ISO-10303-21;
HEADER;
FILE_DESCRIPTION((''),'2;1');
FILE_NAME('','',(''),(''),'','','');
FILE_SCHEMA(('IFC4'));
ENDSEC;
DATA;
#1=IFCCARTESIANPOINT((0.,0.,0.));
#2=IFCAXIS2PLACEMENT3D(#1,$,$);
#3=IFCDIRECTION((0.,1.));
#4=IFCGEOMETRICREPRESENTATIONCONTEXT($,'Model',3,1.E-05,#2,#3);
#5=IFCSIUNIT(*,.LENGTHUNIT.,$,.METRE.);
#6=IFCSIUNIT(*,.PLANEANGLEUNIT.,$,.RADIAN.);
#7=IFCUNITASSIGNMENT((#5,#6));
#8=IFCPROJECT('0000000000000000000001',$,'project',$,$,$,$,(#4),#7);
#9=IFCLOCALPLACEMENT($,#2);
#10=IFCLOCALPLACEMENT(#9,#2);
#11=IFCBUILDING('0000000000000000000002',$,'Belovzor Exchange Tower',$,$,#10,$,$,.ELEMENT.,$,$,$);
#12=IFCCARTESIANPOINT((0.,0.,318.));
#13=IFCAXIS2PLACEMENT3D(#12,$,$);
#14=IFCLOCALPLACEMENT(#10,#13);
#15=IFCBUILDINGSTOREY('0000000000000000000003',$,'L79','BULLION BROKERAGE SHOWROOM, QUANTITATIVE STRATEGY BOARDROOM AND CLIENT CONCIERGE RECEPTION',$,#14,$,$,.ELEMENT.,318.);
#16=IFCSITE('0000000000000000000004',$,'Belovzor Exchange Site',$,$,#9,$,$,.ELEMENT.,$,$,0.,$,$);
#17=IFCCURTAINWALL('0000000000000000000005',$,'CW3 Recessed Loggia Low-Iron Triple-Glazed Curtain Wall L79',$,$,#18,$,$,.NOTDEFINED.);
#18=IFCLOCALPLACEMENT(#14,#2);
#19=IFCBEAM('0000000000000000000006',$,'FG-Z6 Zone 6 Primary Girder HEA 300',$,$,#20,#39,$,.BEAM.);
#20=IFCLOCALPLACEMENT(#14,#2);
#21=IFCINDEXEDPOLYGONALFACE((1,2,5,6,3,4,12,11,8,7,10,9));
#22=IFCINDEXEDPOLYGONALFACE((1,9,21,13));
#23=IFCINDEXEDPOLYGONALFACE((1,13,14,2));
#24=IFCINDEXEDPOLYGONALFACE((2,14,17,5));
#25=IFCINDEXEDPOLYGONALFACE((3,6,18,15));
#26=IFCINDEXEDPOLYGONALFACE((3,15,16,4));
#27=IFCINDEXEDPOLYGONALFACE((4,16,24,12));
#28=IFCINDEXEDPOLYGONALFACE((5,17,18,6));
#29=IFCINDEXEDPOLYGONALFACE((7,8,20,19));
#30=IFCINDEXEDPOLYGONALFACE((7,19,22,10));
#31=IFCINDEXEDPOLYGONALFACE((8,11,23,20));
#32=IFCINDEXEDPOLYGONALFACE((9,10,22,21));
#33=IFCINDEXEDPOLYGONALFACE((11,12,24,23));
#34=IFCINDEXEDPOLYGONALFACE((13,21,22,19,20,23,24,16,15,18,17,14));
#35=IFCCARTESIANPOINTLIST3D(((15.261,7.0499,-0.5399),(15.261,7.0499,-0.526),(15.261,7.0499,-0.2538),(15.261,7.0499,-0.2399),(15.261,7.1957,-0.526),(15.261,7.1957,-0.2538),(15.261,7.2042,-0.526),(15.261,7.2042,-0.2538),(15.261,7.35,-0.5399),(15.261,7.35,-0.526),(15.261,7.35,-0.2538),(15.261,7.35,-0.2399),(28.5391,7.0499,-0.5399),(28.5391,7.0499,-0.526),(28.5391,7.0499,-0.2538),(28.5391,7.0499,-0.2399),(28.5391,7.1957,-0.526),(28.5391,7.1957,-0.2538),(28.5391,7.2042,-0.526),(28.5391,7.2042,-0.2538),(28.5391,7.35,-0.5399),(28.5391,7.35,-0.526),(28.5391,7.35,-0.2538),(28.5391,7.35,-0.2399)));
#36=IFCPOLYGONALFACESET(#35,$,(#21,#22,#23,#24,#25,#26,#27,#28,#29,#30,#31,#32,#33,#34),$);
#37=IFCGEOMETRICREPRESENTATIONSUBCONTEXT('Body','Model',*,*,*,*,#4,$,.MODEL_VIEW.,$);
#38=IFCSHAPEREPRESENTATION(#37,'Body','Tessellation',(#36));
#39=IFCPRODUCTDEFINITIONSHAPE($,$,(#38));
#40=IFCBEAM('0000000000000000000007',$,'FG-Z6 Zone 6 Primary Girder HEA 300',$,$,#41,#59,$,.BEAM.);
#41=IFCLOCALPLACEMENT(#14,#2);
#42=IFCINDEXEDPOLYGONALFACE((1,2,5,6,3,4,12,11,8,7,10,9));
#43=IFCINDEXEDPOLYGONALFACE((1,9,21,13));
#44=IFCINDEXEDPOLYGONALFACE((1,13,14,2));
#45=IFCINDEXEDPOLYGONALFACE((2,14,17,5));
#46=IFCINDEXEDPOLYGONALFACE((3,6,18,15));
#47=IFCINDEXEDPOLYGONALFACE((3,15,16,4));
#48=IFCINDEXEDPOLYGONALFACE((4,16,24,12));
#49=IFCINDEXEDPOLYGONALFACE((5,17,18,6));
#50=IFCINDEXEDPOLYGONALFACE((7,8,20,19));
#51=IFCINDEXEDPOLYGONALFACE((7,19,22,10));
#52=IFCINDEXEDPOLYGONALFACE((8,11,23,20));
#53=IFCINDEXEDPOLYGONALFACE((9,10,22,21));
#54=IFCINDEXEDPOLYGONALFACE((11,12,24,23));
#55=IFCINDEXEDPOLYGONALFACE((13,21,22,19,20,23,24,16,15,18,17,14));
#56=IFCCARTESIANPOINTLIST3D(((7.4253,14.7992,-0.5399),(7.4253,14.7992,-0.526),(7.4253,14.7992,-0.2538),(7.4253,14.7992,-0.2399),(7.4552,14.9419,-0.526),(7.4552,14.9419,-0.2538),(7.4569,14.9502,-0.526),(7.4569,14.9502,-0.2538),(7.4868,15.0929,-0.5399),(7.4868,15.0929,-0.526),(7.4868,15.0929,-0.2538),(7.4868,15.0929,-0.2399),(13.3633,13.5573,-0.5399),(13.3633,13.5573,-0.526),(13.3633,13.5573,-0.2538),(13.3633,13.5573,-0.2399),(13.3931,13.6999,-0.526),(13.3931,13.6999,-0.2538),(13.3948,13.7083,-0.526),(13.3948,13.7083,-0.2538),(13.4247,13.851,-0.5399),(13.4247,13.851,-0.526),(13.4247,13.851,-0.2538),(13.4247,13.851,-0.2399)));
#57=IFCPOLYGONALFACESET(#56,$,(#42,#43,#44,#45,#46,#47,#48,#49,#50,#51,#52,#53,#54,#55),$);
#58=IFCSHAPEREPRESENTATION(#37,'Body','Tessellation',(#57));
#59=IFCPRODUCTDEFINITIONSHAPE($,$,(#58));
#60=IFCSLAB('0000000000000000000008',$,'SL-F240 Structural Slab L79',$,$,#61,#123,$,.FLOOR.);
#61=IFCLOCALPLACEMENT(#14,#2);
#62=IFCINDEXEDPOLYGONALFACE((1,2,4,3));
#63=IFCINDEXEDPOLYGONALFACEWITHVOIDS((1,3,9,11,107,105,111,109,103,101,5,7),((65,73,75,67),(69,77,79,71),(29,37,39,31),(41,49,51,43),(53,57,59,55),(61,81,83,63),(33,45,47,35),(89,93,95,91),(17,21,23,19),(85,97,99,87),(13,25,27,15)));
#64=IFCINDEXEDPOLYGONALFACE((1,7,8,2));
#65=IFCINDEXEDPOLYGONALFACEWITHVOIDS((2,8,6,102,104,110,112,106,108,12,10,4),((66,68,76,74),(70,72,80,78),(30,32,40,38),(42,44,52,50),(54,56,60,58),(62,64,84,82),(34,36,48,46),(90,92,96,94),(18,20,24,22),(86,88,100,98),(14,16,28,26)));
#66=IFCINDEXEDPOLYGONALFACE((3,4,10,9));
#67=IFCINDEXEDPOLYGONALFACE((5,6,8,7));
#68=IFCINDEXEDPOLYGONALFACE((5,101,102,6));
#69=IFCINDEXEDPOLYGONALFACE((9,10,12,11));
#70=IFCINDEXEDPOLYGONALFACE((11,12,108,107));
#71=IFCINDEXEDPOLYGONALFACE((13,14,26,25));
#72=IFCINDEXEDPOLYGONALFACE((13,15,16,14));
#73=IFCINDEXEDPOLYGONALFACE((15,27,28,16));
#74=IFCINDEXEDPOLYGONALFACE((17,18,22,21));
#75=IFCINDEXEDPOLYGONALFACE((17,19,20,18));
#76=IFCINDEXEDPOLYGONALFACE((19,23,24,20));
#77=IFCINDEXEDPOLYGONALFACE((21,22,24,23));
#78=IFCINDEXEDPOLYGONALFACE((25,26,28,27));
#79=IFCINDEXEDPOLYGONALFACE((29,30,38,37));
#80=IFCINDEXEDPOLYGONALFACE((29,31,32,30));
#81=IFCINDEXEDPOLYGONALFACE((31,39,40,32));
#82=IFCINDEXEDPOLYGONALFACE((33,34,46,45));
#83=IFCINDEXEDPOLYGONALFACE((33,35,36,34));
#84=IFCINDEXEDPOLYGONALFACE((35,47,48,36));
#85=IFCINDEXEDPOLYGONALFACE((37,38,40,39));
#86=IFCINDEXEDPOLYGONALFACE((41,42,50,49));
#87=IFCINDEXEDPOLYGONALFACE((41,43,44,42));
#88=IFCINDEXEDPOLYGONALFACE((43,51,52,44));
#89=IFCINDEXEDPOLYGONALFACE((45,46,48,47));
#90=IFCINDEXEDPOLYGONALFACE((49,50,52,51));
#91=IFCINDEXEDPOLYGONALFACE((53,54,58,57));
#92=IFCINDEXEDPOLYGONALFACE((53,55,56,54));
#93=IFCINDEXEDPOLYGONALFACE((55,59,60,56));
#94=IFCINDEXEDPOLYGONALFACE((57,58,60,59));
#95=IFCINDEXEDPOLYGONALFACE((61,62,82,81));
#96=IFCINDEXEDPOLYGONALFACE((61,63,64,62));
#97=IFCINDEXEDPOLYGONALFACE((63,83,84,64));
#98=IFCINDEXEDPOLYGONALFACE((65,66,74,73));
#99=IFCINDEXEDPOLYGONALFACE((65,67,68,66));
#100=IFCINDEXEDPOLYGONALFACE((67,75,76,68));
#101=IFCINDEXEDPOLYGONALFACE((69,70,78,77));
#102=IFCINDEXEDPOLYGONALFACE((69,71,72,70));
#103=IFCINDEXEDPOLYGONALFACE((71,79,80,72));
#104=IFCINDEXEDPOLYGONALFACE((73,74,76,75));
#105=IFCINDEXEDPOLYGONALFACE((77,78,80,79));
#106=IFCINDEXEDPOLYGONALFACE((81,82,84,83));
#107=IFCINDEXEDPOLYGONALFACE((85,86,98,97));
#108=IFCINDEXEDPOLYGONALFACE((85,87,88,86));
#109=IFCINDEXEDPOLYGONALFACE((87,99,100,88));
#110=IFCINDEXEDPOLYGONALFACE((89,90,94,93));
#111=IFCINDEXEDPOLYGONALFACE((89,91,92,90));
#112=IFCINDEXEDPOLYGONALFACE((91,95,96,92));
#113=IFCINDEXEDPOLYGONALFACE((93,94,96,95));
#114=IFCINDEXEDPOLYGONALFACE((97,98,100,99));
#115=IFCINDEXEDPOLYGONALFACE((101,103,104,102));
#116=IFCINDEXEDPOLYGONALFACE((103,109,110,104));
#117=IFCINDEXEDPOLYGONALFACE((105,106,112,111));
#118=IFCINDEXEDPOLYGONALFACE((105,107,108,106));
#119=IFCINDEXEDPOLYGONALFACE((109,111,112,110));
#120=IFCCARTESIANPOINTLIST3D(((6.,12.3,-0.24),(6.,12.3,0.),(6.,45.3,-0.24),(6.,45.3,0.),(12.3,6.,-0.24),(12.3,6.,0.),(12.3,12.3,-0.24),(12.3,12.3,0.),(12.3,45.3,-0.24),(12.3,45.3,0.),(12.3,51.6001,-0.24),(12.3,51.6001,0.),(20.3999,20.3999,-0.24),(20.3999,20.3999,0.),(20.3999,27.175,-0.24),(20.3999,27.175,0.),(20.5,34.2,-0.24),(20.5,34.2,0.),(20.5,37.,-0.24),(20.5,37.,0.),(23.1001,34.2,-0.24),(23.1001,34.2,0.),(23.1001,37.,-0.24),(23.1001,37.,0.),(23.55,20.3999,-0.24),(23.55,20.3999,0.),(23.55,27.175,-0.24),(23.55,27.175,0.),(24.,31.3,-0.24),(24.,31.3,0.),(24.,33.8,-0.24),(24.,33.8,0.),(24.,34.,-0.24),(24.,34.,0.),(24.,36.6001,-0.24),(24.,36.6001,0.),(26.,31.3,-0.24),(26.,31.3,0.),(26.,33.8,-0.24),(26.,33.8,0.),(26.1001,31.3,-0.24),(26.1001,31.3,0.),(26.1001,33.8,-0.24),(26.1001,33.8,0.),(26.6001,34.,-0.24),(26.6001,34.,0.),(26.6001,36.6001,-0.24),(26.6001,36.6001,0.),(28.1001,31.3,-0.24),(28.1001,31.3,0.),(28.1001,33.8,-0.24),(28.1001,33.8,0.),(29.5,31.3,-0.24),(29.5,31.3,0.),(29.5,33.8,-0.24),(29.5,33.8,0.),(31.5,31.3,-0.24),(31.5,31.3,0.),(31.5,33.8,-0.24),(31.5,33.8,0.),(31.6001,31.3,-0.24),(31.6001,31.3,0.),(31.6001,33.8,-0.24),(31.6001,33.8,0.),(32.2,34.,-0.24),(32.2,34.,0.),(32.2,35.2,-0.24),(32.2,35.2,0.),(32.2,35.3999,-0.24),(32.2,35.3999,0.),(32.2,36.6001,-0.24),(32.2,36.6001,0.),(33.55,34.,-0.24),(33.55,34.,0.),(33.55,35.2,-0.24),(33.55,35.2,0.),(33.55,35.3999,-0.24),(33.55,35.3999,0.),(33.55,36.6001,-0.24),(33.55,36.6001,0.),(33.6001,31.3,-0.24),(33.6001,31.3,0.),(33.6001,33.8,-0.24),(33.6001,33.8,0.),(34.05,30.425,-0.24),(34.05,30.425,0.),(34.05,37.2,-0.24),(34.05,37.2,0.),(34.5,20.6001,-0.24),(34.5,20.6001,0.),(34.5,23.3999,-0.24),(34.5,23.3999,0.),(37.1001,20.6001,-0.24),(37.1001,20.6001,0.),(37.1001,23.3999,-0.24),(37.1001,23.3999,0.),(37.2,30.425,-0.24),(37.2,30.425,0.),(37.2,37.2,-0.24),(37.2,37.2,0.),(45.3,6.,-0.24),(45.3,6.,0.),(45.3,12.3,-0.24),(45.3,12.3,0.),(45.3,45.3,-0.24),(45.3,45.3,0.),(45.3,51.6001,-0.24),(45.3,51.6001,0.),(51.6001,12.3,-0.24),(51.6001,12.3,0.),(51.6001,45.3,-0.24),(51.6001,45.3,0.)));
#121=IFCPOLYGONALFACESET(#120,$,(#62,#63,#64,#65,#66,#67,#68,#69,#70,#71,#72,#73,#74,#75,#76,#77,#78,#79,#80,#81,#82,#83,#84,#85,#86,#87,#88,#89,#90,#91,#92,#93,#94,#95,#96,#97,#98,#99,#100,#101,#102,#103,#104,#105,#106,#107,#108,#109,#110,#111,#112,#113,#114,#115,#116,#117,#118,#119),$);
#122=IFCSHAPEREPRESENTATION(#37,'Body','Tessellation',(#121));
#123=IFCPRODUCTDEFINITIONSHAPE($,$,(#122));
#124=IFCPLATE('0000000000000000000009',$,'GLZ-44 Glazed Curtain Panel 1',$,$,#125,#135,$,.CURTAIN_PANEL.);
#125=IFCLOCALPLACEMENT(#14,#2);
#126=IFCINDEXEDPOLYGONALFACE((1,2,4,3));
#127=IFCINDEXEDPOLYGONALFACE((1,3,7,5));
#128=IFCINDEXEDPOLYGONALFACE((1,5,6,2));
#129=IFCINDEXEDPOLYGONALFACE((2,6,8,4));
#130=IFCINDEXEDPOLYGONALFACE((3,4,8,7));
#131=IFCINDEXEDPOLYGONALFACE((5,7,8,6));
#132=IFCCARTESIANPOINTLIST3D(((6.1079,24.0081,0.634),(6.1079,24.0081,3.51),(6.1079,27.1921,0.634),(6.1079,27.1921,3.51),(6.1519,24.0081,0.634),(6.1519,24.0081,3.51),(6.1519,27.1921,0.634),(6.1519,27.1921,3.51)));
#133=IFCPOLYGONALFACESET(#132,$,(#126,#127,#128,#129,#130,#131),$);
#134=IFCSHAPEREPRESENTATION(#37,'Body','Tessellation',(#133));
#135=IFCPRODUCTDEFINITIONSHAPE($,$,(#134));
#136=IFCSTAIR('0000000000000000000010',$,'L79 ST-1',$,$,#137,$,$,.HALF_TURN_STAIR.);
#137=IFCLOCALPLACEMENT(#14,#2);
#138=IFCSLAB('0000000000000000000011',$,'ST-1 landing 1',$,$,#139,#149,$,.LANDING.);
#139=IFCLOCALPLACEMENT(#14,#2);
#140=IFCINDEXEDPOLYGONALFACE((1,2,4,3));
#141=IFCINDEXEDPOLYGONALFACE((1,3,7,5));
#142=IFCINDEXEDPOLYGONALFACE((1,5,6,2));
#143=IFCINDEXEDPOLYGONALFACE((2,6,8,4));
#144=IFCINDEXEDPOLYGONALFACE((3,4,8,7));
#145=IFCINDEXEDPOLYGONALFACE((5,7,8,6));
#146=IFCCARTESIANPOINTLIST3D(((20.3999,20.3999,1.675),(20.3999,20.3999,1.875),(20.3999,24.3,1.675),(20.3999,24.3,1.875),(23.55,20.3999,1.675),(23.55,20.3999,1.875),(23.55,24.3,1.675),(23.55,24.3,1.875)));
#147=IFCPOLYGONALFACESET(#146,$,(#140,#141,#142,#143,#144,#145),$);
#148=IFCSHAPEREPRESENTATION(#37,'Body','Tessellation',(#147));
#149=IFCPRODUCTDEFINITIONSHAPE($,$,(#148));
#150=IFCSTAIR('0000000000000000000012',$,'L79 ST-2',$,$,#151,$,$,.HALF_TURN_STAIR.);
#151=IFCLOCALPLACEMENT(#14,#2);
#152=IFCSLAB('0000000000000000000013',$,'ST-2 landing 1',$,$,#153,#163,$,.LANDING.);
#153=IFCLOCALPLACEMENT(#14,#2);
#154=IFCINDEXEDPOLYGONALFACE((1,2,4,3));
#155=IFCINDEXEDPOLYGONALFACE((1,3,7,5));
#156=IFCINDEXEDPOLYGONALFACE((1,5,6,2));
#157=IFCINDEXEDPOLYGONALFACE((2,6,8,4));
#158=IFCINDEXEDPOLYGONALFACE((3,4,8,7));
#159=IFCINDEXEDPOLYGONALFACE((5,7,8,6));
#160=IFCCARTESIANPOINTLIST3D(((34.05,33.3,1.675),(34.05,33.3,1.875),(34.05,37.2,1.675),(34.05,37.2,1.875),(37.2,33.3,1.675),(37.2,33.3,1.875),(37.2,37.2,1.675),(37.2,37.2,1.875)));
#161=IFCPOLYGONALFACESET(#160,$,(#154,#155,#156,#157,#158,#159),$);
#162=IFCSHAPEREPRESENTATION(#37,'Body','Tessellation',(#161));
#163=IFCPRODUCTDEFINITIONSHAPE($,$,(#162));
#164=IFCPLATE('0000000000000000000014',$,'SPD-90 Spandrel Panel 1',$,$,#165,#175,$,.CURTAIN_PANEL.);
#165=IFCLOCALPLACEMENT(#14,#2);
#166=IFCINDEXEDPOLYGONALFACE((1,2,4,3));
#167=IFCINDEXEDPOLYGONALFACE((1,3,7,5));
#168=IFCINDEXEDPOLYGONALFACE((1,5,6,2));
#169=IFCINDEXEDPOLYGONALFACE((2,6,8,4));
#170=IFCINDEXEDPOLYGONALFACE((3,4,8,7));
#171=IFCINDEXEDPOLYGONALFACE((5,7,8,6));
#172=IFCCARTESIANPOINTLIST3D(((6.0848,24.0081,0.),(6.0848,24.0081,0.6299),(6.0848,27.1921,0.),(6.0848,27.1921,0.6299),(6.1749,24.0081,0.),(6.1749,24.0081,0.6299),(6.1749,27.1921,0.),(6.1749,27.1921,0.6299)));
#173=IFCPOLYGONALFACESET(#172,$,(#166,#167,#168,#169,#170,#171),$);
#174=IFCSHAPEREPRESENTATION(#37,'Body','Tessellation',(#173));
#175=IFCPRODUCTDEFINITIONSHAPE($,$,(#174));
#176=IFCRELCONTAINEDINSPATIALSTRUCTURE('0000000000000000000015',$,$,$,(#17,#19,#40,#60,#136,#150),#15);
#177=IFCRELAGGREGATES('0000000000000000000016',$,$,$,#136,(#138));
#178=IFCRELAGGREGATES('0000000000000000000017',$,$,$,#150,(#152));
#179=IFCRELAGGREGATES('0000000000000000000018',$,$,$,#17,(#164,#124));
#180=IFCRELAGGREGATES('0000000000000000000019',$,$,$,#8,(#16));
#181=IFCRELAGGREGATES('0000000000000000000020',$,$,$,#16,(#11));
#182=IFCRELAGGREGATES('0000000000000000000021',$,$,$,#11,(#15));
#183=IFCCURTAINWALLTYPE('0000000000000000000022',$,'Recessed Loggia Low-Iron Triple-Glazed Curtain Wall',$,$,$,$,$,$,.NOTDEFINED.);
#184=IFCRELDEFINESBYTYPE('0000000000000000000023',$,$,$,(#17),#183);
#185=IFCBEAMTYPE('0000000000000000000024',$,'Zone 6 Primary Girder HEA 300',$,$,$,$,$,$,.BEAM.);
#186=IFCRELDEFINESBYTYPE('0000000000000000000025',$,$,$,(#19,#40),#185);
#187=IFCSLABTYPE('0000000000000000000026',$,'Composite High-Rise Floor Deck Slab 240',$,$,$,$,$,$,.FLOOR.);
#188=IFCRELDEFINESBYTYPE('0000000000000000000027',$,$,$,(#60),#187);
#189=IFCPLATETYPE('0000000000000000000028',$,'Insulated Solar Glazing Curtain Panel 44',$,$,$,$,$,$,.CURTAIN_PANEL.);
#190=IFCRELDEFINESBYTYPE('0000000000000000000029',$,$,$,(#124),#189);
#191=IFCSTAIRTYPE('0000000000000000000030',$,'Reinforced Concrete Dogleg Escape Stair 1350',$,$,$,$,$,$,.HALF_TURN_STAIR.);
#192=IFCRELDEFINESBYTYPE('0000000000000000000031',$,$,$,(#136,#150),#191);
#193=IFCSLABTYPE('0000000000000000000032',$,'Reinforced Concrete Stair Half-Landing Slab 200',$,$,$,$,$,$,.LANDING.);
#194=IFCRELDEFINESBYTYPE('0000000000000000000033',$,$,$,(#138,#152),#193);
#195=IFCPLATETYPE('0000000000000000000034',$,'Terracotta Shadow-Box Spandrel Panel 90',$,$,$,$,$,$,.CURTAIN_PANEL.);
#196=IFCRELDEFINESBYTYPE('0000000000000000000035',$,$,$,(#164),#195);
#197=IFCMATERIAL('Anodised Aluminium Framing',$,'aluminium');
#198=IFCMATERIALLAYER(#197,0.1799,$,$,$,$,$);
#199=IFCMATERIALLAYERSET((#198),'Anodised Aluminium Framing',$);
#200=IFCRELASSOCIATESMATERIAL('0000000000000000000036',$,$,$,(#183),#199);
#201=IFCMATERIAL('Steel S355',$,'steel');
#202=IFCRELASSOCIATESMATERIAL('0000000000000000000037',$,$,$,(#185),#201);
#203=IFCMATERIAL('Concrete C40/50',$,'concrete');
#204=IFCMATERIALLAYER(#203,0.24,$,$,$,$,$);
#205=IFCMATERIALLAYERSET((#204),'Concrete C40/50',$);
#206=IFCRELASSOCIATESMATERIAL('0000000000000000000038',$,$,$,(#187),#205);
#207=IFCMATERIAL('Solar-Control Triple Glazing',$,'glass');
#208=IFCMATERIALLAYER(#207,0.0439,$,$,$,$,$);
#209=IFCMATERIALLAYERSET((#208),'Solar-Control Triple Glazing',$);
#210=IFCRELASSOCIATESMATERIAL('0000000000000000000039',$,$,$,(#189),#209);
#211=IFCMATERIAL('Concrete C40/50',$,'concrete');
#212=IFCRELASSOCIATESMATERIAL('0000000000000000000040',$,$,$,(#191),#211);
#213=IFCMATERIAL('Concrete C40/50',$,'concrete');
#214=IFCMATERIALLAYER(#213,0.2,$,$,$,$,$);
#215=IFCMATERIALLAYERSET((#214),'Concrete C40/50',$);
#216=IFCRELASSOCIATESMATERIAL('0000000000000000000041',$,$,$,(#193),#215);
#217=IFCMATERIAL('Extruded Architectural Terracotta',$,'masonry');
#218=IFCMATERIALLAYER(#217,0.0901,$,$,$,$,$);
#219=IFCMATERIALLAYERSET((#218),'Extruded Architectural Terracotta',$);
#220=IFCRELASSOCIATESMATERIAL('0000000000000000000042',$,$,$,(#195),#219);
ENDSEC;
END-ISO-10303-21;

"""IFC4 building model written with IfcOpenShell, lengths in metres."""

from ifc_helpers import new_model, si_unit, direction, frame, origin, origin_2d, place, context, subcontext, project, spatial, polyline, rectangle, i_section, outline, extrude, material, layer, layer_set, material_profile, profile_set, type_object, element, aggregate, save


model = new_model("IFC4")

# Units and contexts
model_context = context("Model", 3, precision=1e-05, world=origin(), true_north=direction((0.0, 1.0)))
body_context = subcontext(model_context, "Body", "Model", "MODEL_VIEW")
ifc_project = project(units=[si_unit("LENGTHUNIT", "METRE"), si_unit("PLANEANGLEUNIT", "RADIAN")], contexts=[model_context])

# Site, building, storey
site_placement = place(None, origin())
site = spatial("IfcSite", under=ifc_project, at=site_placement, Name="Belovzor Exchange Site", CompositionType="ELEMENT", RefElevation=0.0)
building_placement = place(site_placement, origin())
building = spatial("IfcBuilding", under=site, at=building_placement, Name="Belovzor Exchange Tower", CompositionType="ELEMENT")
storey_placement = place(building_placement, frame((0.0, 0.0, 318.0)))
storey = spatial("IfcBuildingStorey", under=building, at=storey_placement, Name="L79", Description="BULLION BROKERAGE SHOWROOM, QUANTITATIVE STRATEGY BOARDROOM AND CLIENT CONCIERGE RECEPTION", CompositionType="ELEMENT", Elevation=318.0)

# Curtain wall
ifc_material_1 = material(Name="Anodised Aluminium Framing", Category="aluminium")
ifc_layer_1 = layer(ifc_material_1, 0.1799)
ifc_layer_set_1 = layer_set([ifc_layer_1], Name="Anodised Aluminium Framing")
curtain_wall_type = type_object("IfcCurtainWallType", Name="Recessed Loggia Low-Iron Triple-Glazed Curtain Wall", PredefinedType="NOTDEFINED", material=ifc_layer_set_1)
curtain_wall_placement = place(storey_placement, origin())
curtain_wall = element("IfcCurtainWall", 1, at=curtain_wall_placement, inside=storey, type_object=curtain_wall_type, Name="CW3 Recessed Loggia Low-Iron Triple-Glazed Curtain Wall L79", PredefinedType="NOTDEFINED")

# Beams
ifc_material_2 = material(Name="Steel S355", Category="steel")
ifc_material_profile_1 = material_profile(ifc_material_2, i_section(OverallWidth=0.3, OverallDepth=0.3, WebThickness=0.0085, FlangeThickness=0.0139, at=origin_2d()))
ifc_profile_set_1 = profile_set([ifc_material_profile_1], Name="Steel S355")
beam_type_1 = type_object("IfcBeamType", Name="Zone 6 Primary Girder HEA 300", PredefinedType="BEAM", material=ifc_profile_set_1)
beam_1_placement = place(storey_placement, frame((15.261, 7.2, -0.3899), z_axis=(1.0, 0.0, 0.0), x_axis=(0.0, 1.0, 0.0)))
element("IfcBeam", 2, at=beam_1_placement, inside=storey, type_object=beam_type_1, Name="FG-Z6 Zone 6 Primary Girder HEA 300", PredefinedType="BEAM", context=body_context, shape_type="SweptSolid", body=[
    extrude(i_section(OverallWidth=0.3, OverallDepth=0.3, WebThickness=0.0085, FlangeThickness=0.0139, at=origin_2d()), origin(), (0.0, 0.0, 1.0), 13.2781),
])
beam_2_placement = place(storey_placement, frame((7.4561, 14.946, -0.3899), z_axis=(0.97882, -0.204722, 0.0), x_axis=(0.204722, 0.97882, 0.0)))
element("IfcBeam", 3, at=beam_2_placement, inside=storey, type_object=beam_type_1, Name="FG-Z6 Zone 6 Primary Girder HEA 300", PredefinedType="BEAM", context=body_context, shape_type="SweptSolid", body=[
    extrude(i_section(OverallWidth=0.3, OverallDepth=0.3, WebThickness=0.0085, FlangeThickness=0.0139, at=origin_2d()), origin(), (0.0, 0.0, 1.0), 6.0664),
])

# Slab
ifc_material_3 = material(Name="Concrete C40/50", Category="concrete")
ifc_layer_2 = layer(ifc_material_3, 0.24)
ifc_layer_set_2 = layer_set([ifc_layer_2], Name="Concrete C40/50")
slab_type_1 = type_object("IfcSlabType", Name="Composite High-Rise Floor Deck Slab 240", PredefinedType="FLOOR", material=ifc_layer_set_2)
slab_1_placement = place(storey_placement, frame((0.0, 0.0, -0.24)))
element("IfcSlab", 4, at=slab_1_placement, inside=storey, type_object=slab_type_1, Name="SL-F240 Structural Slab L79", PredefinedType="FLOOR", context=body_context, shape_type="SweptSolid", body=[
    extrude(outline(polyline([(12.3, 6.0), (45.3, 6.0), (45.3, 12.3), (51.6001, 12.3), (51.6001, 45.3), (45.3, 45.3), (45.3, 51.6001), (12.3, 51.6001), (12.3, 45.3), (6.0, 45.3), (6.0, 12.3), (12.3, 12.3), (12.3, 6.0)]), holes=[polyline([(20.3999, 27.175), (20.3999, 20.3999), (23.55, 20.3999), (23.55, 27.175), (20.3999, 27.175)]), polyline([(37.2, 30.425), (37.2, 37.2), (34.05, 37.2), (34.05, 30.425), (37.2, 30.425)]), polyline([(20.5, 34.2), (23.1001, 34.2), (23.1001, 37.0), (20.5, 37.0), (20.5, 34.2)]), polyline([(34.5, 20.6001), (37.1001, 20.6001), (37.1001, 23.3999), (34.5, 23.3999), (34.5, 20.6001)]), polyline([(24.0, 34.0), (26.6001, 34.0), (26.6001, 36.6001), (24.0, 36.6001), (24.0, 34.0)]), polyline([(24.0, 31.3), (26.0, 31.3), (26.0, 33.8), (24.0, 33.8), (24.0, 31.3)]), polyline([(26.1001, 31.3), (28.1001, 31.3), (28.1001, 33.8), (26.1001, 33.8), (26.1001, 31.3)]), polyline([(29.5, 31.3), (31.5, 31.3), (31.5, 33.8), (29.5, 33.8), (29.5, 31.3)]), polyline([(31.6001, 31.3), (33.6001, 31.3), (33.6001, 33.8), (31.6001, 33.8), (31.6001, 31.3)]), polyline([(32.2, 34.0), (33.55, 34.0), (33.55, 35.2), (32.2, 35.2), (32.2, 34.0)]), polyline([(32.2, 35.3999), (33.55, 35.3999), (33.55, 36.6001), (32.2, 36.6001), (32.2, 35.3999)])]), origin(), (0.0, 0.0, 1.0), 0.24),
])

# Plate
ifc_material_4 = material(Name="Solar-Control Triple Glazing", Category="glass")
ifc_layer_3 = layer(ifc_material_4, 0.0439)
ifc_layer_set_3 = layer_set([ifc_layer_3], Name="Solar-Control Triple Glazing")
plate_type_1 = type_object("IfcPlateType", Name="Insulated Solar Glazing Curtain Panel 44", PredefinedType="CURTAIN_PANEL", material=ifc_layer_set_3)
plate_1_placement = place(storey_placement, frame((6.1299, 25.6001, 0.634), z_axis=(0.0, 0.0, 1.0), x_axis=(0.0, 1.0, 0.0)))
plate_1 = element("IfcPlate", 5, at=plate_1_placement, type_object=plate_type_1, Name="GLZ-44 Glazed Curtain Panel 1", PredefinedType="CURTAIN_PANEL", context=body_context, shape_type="SweptSolid", body=[
    extrude(rectangle(XDim=3.1841, YDim=0.0439, at=origin_2d()), origin(), (0.0, 0.0, 1.0), 2.876),
])

# Stairs, slabs
ifc_material_5 = material(Name="Concrete C40/50", Category="concrete")
stair_type = type_object("IfcStairType", Name="Reinforced Concrete Dogleg Escape Stair 1350", PredefinedType="HALF_TURN_STAIR", material=ifc_material_5)
stair_1_placement = place(storey_placement, origin())
stair_1 = element("IfcStair", 6, at=stair_1_placement, inside=storey, type_object=stair_type, Name="L79 ST-1", PredefinedType="HALF_TURN_STAIR")
ifc_material_6 = material(Name="Concrete C40/50", Category="concrete")
ifc_layer_4 = layer(ifc_material_6, 0.2)
ifc_layer_set_4 = layer_set([ifc_layer_4], Name="Concrete C40/50")
slab_type_2 = type_object("IfcSlabType", Name="Reinforced Concrete Stair Half-Landing Slab 200", PredefinedType="LANDING", material=ifc_layer_set_4)
slab_2_placement = place(storey_placement, frame((0.0, 0.0, 1.675)))
slab_2 = element("IfcSlab", 7, at=slab_2_placement, type_object=slab_type_2, Name="ST-1 landing 1", PredefinedType="LANDING", context=body_context, shape_type="SweptSolid", body=[
    extrude(outline(polyline([(20.3999, 24.3), (20.3999, 20.3999), (23.55, 20.3999), (23.55, 24.3), (20.3999, 24.3)])), origin(), (0.0, 0.0, 1.0), 0.2),
])
aggregate(stair_1, [slab_2])
stair_2_placement = place(storey_placement, origin())
stair_2 = element("IfcStair", 8, at=stair_2_placement, inside=storey, type_object=stair_type, Name="L79 ST-2", PredefinedType="HALF_TURN_STAIR")
slab_3_placement = place(storey_placement, frame((0.0, 0.0, 1.675)))
slab_3 = element("IfcSlab", 9, at=slab_3_placement, type_object=slab_type_2, Name="ST-2 landing 1", PredefinedType="LANDING", context=body_context, shape_type="SweptSolid", body=[
    extrude(outline(polyline([(37.2, 33.3), (37.2, 37.2), (34.05, 37.2), (34.05, 33.3), (37.2, 33.3)])), origin(), (0.0, 0.0, 1.0), 0.2),
])
aggregate(stair_2, [slab_3])

# Plate
ifc_material_7 = material(Name="Extruded Architectural Terracotta", Category="masonry")
ifc_layer_5 = layer(ifc_material_7, 0.0901)
ifc_layer_set_5 = layer_set([ifc_layer_5], Name="Extruded Architectural Terracotta")
plate_type_2 = type_object("IfcPlateType", Name="Terracotta Shadow-Box Spandrel Panel 90", PredefinedType="CURTAIN_PANEL", material=ifc_layer_set_5)
plate_2_placement = place(storey_placement, frame((6.1299, 25.6001, 0.0), z_axis=(0.0, 0.0, 1.0), x_axis=(0.0, 1.0, 0.0)))
plate_2 = element("IfcPlate", 10, at=plate_2_placement, type_object=plate_type_2, Name="SPD-90 Spandrel Panel 1", PredefinedType="CURTAIN_PANEL", context=body_context, shape_type="SweptSolid", body=[
    extrude(rectangle(XDim=3.1841, YDim=0.0901, at=origin_2d()), origin(), (0.0, 0.0, 1.0), 0.6299),
])
aggregate(curtain_wall, [plate_2, plate_1])

save(model, "model.ifc")
